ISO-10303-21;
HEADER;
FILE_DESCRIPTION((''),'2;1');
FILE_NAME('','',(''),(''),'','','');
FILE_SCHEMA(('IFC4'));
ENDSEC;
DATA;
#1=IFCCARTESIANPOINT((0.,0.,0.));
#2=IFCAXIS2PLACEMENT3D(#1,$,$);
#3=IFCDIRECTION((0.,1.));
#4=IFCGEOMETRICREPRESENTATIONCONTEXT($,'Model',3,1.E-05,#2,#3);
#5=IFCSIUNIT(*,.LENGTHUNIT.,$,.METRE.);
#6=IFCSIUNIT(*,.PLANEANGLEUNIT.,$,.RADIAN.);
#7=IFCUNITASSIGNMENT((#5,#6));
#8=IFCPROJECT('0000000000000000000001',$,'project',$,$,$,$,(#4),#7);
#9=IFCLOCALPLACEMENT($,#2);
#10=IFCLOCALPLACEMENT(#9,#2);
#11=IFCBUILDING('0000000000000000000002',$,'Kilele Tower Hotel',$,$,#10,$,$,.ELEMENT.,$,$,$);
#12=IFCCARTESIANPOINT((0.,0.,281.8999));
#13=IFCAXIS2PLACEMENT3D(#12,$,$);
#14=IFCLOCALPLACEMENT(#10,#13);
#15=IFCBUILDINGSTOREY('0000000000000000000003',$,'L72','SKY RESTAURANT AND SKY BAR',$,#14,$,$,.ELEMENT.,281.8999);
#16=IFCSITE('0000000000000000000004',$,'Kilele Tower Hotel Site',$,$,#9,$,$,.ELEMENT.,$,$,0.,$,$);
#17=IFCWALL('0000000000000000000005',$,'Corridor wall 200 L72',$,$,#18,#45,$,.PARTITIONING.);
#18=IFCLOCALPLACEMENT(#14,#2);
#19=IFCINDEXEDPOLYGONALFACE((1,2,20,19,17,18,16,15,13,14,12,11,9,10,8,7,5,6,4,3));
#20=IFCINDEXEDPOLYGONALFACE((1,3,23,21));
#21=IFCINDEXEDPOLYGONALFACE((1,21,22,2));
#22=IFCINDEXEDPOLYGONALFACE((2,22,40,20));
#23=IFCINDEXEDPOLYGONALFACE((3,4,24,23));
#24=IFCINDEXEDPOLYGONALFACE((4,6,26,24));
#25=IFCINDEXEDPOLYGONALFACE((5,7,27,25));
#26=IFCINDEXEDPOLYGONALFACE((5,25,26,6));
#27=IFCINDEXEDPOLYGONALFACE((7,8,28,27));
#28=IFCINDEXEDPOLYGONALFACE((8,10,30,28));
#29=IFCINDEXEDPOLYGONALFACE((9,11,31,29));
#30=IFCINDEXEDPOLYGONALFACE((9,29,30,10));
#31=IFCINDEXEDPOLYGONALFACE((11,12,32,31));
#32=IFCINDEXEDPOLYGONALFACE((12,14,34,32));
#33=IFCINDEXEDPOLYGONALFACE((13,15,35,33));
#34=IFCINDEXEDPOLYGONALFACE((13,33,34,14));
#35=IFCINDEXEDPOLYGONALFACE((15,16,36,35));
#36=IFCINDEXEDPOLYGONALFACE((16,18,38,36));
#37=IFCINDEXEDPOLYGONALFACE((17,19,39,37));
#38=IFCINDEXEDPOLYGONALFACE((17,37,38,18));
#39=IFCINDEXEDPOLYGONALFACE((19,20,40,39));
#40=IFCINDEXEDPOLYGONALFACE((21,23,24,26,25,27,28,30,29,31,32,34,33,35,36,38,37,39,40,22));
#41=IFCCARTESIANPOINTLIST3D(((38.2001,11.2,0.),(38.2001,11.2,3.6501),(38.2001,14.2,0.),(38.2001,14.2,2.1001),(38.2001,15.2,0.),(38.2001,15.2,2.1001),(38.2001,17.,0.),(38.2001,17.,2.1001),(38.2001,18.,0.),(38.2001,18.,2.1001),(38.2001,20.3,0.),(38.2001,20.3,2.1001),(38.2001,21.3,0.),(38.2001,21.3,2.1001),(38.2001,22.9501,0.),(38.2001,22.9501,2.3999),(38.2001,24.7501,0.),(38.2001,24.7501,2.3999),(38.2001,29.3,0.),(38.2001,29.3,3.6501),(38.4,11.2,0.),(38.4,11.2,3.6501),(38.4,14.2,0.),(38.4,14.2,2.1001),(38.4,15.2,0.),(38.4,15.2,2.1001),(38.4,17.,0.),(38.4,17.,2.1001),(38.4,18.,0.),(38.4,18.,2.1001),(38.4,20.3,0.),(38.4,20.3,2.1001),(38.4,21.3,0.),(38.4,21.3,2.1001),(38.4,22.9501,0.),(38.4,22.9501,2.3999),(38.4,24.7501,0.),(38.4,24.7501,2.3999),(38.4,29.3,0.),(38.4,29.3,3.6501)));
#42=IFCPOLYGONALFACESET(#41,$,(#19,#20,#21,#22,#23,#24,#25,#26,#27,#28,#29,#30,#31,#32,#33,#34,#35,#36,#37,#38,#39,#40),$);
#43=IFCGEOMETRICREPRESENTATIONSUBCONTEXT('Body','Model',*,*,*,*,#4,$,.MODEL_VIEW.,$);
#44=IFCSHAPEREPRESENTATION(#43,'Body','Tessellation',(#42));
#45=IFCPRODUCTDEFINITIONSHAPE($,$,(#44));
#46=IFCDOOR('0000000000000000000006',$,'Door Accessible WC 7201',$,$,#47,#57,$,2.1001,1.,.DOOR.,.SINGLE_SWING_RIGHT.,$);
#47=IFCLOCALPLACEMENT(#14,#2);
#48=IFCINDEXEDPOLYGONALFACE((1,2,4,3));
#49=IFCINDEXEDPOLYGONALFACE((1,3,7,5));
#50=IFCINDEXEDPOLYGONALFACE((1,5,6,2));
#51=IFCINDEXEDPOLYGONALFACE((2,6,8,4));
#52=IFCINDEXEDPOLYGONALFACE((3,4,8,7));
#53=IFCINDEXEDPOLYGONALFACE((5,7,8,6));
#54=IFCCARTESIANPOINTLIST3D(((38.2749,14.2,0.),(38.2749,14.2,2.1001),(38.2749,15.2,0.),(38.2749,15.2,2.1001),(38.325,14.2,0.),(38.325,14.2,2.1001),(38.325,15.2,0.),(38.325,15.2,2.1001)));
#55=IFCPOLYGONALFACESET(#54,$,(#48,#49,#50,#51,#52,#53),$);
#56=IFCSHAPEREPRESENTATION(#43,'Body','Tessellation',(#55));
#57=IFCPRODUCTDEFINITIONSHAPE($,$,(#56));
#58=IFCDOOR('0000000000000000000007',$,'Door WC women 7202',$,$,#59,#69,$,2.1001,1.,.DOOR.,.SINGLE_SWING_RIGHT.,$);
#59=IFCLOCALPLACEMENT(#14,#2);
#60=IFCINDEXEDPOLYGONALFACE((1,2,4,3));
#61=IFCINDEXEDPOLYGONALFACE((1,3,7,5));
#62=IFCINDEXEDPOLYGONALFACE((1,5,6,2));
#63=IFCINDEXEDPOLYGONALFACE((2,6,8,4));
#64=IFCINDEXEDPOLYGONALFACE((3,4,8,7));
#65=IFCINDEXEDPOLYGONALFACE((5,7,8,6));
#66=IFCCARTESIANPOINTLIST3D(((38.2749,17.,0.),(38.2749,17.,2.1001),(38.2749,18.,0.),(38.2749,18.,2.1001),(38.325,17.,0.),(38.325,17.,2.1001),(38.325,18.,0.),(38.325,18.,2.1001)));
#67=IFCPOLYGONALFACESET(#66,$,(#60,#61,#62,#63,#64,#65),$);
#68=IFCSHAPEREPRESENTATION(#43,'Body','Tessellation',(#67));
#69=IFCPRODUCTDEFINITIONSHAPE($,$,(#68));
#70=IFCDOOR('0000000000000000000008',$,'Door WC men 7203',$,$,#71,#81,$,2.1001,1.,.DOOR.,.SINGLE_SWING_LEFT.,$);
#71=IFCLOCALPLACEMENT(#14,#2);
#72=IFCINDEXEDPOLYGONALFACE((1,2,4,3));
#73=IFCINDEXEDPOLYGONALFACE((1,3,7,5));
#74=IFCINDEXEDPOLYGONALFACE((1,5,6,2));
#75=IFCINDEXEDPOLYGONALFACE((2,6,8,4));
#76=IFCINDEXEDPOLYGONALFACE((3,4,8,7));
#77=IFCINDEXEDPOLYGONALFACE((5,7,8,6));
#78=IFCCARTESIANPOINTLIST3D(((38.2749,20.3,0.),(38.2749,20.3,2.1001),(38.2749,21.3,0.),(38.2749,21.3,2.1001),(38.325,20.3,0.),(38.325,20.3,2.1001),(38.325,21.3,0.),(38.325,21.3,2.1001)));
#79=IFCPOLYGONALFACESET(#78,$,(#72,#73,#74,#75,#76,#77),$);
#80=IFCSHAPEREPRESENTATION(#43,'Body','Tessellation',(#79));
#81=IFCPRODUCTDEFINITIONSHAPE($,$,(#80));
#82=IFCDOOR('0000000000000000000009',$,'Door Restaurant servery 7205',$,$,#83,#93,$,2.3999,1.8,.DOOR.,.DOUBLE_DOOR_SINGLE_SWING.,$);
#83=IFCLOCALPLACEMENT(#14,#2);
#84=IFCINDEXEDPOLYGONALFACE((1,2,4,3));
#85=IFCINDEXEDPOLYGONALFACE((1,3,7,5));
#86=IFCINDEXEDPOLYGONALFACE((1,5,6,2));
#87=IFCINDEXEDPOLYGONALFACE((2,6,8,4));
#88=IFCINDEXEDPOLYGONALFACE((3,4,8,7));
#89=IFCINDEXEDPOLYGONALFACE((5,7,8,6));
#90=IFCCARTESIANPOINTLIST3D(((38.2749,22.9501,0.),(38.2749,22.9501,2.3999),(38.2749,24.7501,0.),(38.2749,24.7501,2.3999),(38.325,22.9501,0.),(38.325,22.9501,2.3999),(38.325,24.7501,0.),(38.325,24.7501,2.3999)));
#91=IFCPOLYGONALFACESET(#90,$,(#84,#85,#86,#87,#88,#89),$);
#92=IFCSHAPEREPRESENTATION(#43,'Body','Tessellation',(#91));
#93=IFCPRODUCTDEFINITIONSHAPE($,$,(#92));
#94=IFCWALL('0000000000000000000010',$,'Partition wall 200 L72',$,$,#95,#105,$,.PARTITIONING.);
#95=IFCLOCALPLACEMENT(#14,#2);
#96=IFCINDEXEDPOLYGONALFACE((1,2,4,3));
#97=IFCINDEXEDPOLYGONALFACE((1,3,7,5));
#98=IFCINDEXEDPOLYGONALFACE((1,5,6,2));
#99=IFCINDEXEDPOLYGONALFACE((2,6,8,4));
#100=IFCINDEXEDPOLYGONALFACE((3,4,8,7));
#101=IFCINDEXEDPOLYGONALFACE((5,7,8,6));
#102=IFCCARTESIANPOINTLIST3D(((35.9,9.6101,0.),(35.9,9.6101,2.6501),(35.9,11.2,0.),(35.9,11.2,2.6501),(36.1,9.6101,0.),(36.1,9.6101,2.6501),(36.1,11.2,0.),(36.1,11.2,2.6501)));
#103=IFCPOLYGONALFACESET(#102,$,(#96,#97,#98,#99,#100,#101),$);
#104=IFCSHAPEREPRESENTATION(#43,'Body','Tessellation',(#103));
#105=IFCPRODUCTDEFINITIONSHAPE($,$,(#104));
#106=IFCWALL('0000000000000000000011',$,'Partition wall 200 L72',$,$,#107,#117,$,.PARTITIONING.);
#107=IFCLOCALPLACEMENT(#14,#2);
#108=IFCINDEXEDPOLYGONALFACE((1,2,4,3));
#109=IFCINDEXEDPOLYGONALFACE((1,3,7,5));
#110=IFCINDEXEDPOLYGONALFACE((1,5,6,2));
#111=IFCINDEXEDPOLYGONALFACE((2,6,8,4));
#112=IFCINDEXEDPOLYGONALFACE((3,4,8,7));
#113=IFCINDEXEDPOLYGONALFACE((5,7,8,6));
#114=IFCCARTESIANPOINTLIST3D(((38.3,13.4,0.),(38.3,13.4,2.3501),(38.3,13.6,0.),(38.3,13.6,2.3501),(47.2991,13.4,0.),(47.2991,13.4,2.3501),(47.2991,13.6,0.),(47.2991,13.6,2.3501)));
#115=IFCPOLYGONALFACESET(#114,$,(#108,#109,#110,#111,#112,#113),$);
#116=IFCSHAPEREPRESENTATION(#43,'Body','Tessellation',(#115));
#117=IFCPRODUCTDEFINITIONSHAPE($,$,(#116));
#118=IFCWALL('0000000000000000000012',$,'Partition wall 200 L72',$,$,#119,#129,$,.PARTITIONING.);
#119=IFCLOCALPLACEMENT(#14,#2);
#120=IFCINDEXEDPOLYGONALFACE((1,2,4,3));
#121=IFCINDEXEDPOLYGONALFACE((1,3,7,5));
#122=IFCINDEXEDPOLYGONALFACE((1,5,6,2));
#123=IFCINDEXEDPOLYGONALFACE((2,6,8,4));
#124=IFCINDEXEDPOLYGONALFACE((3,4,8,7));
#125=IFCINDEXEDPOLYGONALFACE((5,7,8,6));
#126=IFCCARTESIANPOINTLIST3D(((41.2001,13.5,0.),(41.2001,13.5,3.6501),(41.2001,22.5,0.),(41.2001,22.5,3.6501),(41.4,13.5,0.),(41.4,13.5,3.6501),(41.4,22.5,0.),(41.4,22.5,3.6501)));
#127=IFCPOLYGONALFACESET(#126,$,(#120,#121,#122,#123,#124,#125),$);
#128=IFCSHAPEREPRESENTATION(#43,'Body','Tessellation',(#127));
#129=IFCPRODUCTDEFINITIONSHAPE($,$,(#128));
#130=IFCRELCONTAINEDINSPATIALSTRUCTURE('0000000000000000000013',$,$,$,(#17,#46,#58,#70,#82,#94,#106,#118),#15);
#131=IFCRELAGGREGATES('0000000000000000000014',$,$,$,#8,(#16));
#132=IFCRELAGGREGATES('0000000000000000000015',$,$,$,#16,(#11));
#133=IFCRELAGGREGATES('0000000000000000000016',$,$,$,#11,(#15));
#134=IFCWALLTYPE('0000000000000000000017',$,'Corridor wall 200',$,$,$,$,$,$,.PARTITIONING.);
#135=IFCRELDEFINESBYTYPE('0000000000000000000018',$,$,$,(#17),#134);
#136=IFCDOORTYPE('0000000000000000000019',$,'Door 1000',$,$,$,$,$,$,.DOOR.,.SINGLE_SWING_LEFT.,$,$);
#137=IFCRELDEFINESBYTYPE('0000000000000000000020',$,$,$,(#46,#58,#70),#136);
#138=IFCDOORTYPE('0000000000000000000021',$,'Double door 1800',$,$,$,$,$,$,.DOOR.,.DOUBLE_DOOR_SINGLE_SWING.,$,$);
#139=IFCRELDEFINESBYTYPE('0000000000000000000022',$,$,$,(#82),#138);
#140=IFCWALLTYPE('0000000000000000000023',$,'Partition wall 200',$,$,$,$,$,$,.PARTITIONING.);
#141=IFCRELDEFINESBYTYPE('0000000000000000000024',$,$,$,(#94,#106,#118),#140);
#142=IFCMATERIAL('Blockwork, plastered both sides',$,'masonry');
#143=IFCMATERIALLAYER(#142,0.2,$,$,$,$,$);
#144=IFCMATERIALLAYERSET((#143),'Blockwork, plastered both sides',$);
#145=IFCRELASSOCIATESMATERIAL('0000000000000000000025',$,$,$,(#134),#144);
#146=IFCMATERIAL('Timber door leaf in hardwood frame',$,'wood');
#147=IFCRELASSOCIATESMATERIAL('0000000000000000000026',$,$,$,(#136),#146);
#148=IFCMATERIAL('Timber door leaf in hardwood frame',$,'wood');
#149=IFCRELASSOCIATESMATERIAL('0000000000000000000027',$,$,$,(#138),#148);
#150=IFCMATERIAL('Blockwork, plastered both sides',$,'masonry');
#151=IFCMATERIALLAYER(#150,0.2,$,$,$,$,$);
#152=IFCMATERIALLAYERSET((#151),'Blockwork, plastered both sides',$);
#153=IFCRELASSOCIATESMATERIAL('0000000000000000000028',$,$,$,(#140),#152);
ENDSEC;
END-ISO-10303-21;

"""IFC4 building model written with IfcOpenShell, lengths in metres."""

from ifc_helpers import new_model, si_unit, direction, frame, frame_2d, origin, place, context, subcontext, project, spatial, rectangle, extrude, material, layer, layer_set, type_object, element, fill, save


model = new_model("IFC4")

# Units and contexts
model_context = context("Model", 3, precision=1e-05, world=origin(), true_north=direction((0.0, 1.0)))
body_context = subcontext(model_context, "Body", "Model", "MODEL_VIEW")
ifc_project = project(units=[si_unit("LENGTHUNIT", "METRE"), si_unit("PLANEANGLEUNIT", "RADIAN")], contexts=[model_context])

# Site, building, storey
site_placement = place(None, origin())
site = spatial("IfcSite", under=ifc_project, at=site_placement, Name="Kilele Tower Hotel Site", CompositionType="ELEMENT", RefElevation=0.0)
building_placement = place(site_placement, origin())
building = spatial("IfcBuilding", under=site, at=building_placement, Name="Kilele Tower Hotel", CompositionType="ELEMENT")
storey_placement = place(building_placement, frame((0.0, 0.0, 281.8999)))
storey = spatial("IfcBuildingStorey", under=building, at=storey_placement, Name="L72", Description="SKY RESTAURANT AND SKY BAR", CompositionType="ELEMENT", Elevation=281.8999)

# Shared definitions
ifc_material_1 = material(Name="Blockwork, plastered both sides", Category="masonry")
ifc_layer_1 = layer(ifc_material_1, 0.2)
ifc_layer_set_1 = layer_set([ifc_layer_1], Name="Blockwork, plastered both sides")
wall_type_1 = type_object("IfcWallType", Name="Corridor wall 200", PredefinedType="PARTITIONING", material=ifc_layer_set_1)

# Wall, openings, doors
wall_1_placement = place(storey_placement, frame((38.3, 11.2, 0.0), z_axis=(0.0, 0.0, 1.0), x_axis=(0.0, 1.0, 0.0)))
wall_1 = element("IfcWall", 1, at=wall_1_placement, inside=storey, type_object=wall_type_1, Name="Corridor wall 200 L72", PredefinedType="PARTITIONING", context=body_context, shape_type="SweptSolid", body=[
    extrude(rectangle(XDim=18.1001, YDim=0.2, at=frame_2d((9.05, 0.0))), origin(), (0.0, 0.0, 1.0), 3.6501),
])
opening_1_placement = place(wall_1_placement, frame((4.0, 0.0, 0.0), z_axis=(0.0, 0.0, 1.0), x_axis=(-1.0, 0.0, 0.0)))
opening_1 = element("IfcOpeningElement", 2, at=opening_1_placement, cuts=wall_1, PredefinedType="OPENING", context=body_context, shape_type="SweptSolid", body=[
    extrude(rectangle(XDim=1.0, YDim=2.1001, at=frame_2d((0.5, 1.05))), frame((0.0, 0.1099, 0.0), z_axis=(0.0, -1.0, 0.0), x_axis=(1.0, 0.0, 0.0)), (0.0, 0.0, 1.0), 0.22),
])
opening_2_placement = place(wall_1_placement, frame((6.8, 0.0, 0.0), z_axis=(0.0, 0.0, 1.0), x_axis=(-1.0, 0.0, 0.0)))
opening_2 = element("IfcOpeningElement", 3, at=opening_2_placement, cuts=wall_1, PredefinedType="OPENING", context=body_context, shape_type="SweptSolid", body=[
    extrude(rectangle(XDim=1.0, YDim=2.1001, at=frame_2d((0.5, 1.05))), frame((0.0, 0.1099, 0.0), z_axis=(0.0, -1.0, 0.0), x_axis=(1.0, 0.0, 0.0)), (0.0, 0.0, 1.0), 0.22),
])
opening_3_placement = place(wall_1_placement, frame((10.1001, 0.0, 0.0), z_axis=(0.0, 0.0, 1.0), x_axis=(-1.0, 0.0, 0.0)))
opening_3 = element("IfcOpeningElement", 4, at=opening_3_placement, cuts=wall_1, PredefinedType="OPENING", context=body_context, shape_type="SweptSolid", body=[
    extrude(rectangle(XDim=1.0, YDim=2.1001, at=frame_2d((0.5, 1.05))), frame((0.0, 0.1099, 0.0), z_axis=(0.0, -1.0, 0.0), x_axis=(1.0, 0.0, 0.0)), (0.0, 0.0, 1.0), 0.22),
])
opening_4_placement = place(wall_1_placement, frame((13.55, 0.0, 0.0), z_axis=(0.0, 0.0, 1.0), x_axis=(-1.0, 0.0, 0.0)))
opening_4 = element("IfcOpeningElement", 5, at=opening_4_placement, cuts=wall_1, PredefinedType="OPENING", context=body_context, shape_type="SweptSolid", body=[
    extrude(rectangle(XDim=1.8, YDim=2.3999, at=frame_2d((0.8999, 1.2))), frame((0.0, 0.1099, 0.0), z_axis=(0.0, -1.0, 0.0), x_axis=(1.0, 0.0, 0.0)), (0.0, 0.0, 1.0), 0.22),
])
ifc_material_2 = material(Name="Timber door leaf in hardwood frame", Category="wood")
door_type_1 = type_object("IfcDoorType", Name="Door 1000", OperationType="SINGLE_SWING_LEFT", PredefinedType="DOOR", material=ifc_material_2)
door_1_placement = place(opening_1_placement, origin())
door_1 = element("IfcDoor", 6, at=door_1_placement, inside=storey, type_object=door_type_1, Name="Door Accessible WC 7201", OperationType="SINGLE_SWING_RIGHT", OverallHeight=2.1001, OverallWidth=1.0, PredefinedType="DOOR", context=body_context, shape_type="SweptSolid", body=[
    extrude(rectangle(XDim=1.0, YDim=2.1001, at=frame_2d((0.5, 1.05))), frame((0.0, 0.0249, 0.0), z_axis=(0.0, -1.0, 0.0), x_axis=(1.0, 0.0, 0.0)), (0.0, 0.0, 1.0), 0.05),
])
fill(opening_1, door_1)
door_2_placement = place(opening_2_placement, origin())
door_2 = element("IfcDoor", 7, at=door_2_placement, inside=storey, type_object=door_type_1, Name="Door WC women 7202", OperationType="SINGLE_SWING_RIGHT", OverallHeight=2.1001, OverallWidth=1.0, PredefinedType="DOOR", context=body_context, shape_type="SweptSolid", body=[
    extrude(rectangle(XDim=1.0, YDim=2.1001, at=frame_2d((0.5, 1.05))), frame((0.0, 0.0249, 0.0), z_axis=(0.0, -1.0, 0.0), x_axis=(1.0, 0.0, 0.0)), (0.0, 0.0, 1.0), 0.05),
])
fill(opening_2, door_2)
door_3_placement = place(opening_3_placement, origin())
door_3 = element("IfcDoor", 8, at=door_3_placement, inside=storey, type_object=door_type_1, Name="Door WC men 7203", OperationType="SINGLE_SWING_LEFT", OverallHeight=2.1001, OverallWidth=1.0, PredefinedType="DOOR", context=body_context, shape_type="SweptSolid", body=[
    extrude(rectangle(XDim=1.0, YDim=2.1001, at=frame_2d((0.5, 1.05))), frame((0.0, 0.0249, 0.0), z_axis=(0.0, -1.0, 0.0), x_axis=(1.0, 0.0, 0.0)), (0.0, 0.0, 1.0), 0.05),
])
fill(opening_3, door_3)
ifc_material_3 = material(Name="Timber door leaf in hardwood frame", Category="wood")
door_type_2 = type_object("IfcDoorType", Name="Double door 1800", OperationType="DOUBLE_DOOR_SINGLE_SWING", PredefinedType="DOOR", material=ifc_material_3)
door_4_placement = place(opening_4_placement, origin())
door_4 = element("IfcDoor", 9, at=door_4_placement, inside=storey, type_object=door_type_2, Name="Door Restaurant servery 7205", OperationType="DOUBLE_DOOR_SINGLE_SWING", OverallHeight=2.3999, OverallWidth=1.8, PredefinedType="DOOR", context=body_context, shape_type="SweptSolid", body=[
    extrude(rectangle(XDim=1.8, YDim=2.3999, at=frame_2d((0.8999, 1.2))), frame((0.0, 0.0249, 0.0), z_axis=(0.0, -1.0, 0.0), x_axis=(1.0, 0.0, 0.0)), (0.0, 0.0, 1.0), 0.05),
])
fill(opening_4, door_4)

# Walls
ifc_material_4 = material(Name="Blockwork, plastered both sides", Category="masonry")
ifc_layer_2 = layer(ifc_material_4, 0.2)
ifc_layer_set_2 = layer_set([ifc_layer_2], Name="Blockwork, plastered both sides")
wall_type_2 = type_object("IfcWallType", Name="Partition wall 200", PredefinedType="PARTITIONING", material=ifc_layer_set_2)
wall_2_placement = place(storey_placement, frame((36.0, 11.2, 0.0), z_axis=(0.0, 0.0, 1.0), x_axis=(0.0, -1.0, 0.0)))
element("IfcWall", 10, at=wall_2_placement, inside=storey, type_object=wall_type_2, Name="Partition wall 200 L72", PredefinedType="PARTITIONING", context=body_context, shape_type="SweptSolid", body=[
    extrude(rectangle(XDim=1.5898, YDim=0.2, at=frame_2d((0.7949, 0.0))), origin(), (0.0, 0.0, 1.0), 2.6501),
])
wall_3_placement = place(storey_placement, frame((38.3, 13.5, 0.0), z_axis=(0.0, 0.0, 1.0), x_axis=(1.0, 0.0, 0.0)))
element("IfcWall", 11, at=wall_3_placement, inside=storey, type_object=wall_type_2, Name="Partition wall 200 L72", PredefinedType="PARTITIONING", context=body_context, shape_type="SweptSolid", body=[
    extrude(rectangle(XDim=8.999, YDim=0.2, at=frame_2d((4.4995, 0.0))), origin(), (0.0, 0.0, 1.0), 2.3501),
])
wall_4_placement = place(storey_placement, frame((41.3, 13.5, 0.0), z_axis=(0.0, 0.0, 1.0), x_axis=(0.0, 1.0, 0.0)))
element("IfcWall", 12, at=wall_4_placement, inside=storey, type_object=wall_type_2, Name="Partition wall 200 L72", PredefinedType="PARTITIONING", context=body_context, shape_type="SweptSolid", body=[
    extrude(rectangle(XDim=9.0, YDim=0.2, at=frame_2d((4.5, 0.0))), origin(), (0.0, 0.0, 1.0), 3.6501),
])

save(model, "model.ifc")
